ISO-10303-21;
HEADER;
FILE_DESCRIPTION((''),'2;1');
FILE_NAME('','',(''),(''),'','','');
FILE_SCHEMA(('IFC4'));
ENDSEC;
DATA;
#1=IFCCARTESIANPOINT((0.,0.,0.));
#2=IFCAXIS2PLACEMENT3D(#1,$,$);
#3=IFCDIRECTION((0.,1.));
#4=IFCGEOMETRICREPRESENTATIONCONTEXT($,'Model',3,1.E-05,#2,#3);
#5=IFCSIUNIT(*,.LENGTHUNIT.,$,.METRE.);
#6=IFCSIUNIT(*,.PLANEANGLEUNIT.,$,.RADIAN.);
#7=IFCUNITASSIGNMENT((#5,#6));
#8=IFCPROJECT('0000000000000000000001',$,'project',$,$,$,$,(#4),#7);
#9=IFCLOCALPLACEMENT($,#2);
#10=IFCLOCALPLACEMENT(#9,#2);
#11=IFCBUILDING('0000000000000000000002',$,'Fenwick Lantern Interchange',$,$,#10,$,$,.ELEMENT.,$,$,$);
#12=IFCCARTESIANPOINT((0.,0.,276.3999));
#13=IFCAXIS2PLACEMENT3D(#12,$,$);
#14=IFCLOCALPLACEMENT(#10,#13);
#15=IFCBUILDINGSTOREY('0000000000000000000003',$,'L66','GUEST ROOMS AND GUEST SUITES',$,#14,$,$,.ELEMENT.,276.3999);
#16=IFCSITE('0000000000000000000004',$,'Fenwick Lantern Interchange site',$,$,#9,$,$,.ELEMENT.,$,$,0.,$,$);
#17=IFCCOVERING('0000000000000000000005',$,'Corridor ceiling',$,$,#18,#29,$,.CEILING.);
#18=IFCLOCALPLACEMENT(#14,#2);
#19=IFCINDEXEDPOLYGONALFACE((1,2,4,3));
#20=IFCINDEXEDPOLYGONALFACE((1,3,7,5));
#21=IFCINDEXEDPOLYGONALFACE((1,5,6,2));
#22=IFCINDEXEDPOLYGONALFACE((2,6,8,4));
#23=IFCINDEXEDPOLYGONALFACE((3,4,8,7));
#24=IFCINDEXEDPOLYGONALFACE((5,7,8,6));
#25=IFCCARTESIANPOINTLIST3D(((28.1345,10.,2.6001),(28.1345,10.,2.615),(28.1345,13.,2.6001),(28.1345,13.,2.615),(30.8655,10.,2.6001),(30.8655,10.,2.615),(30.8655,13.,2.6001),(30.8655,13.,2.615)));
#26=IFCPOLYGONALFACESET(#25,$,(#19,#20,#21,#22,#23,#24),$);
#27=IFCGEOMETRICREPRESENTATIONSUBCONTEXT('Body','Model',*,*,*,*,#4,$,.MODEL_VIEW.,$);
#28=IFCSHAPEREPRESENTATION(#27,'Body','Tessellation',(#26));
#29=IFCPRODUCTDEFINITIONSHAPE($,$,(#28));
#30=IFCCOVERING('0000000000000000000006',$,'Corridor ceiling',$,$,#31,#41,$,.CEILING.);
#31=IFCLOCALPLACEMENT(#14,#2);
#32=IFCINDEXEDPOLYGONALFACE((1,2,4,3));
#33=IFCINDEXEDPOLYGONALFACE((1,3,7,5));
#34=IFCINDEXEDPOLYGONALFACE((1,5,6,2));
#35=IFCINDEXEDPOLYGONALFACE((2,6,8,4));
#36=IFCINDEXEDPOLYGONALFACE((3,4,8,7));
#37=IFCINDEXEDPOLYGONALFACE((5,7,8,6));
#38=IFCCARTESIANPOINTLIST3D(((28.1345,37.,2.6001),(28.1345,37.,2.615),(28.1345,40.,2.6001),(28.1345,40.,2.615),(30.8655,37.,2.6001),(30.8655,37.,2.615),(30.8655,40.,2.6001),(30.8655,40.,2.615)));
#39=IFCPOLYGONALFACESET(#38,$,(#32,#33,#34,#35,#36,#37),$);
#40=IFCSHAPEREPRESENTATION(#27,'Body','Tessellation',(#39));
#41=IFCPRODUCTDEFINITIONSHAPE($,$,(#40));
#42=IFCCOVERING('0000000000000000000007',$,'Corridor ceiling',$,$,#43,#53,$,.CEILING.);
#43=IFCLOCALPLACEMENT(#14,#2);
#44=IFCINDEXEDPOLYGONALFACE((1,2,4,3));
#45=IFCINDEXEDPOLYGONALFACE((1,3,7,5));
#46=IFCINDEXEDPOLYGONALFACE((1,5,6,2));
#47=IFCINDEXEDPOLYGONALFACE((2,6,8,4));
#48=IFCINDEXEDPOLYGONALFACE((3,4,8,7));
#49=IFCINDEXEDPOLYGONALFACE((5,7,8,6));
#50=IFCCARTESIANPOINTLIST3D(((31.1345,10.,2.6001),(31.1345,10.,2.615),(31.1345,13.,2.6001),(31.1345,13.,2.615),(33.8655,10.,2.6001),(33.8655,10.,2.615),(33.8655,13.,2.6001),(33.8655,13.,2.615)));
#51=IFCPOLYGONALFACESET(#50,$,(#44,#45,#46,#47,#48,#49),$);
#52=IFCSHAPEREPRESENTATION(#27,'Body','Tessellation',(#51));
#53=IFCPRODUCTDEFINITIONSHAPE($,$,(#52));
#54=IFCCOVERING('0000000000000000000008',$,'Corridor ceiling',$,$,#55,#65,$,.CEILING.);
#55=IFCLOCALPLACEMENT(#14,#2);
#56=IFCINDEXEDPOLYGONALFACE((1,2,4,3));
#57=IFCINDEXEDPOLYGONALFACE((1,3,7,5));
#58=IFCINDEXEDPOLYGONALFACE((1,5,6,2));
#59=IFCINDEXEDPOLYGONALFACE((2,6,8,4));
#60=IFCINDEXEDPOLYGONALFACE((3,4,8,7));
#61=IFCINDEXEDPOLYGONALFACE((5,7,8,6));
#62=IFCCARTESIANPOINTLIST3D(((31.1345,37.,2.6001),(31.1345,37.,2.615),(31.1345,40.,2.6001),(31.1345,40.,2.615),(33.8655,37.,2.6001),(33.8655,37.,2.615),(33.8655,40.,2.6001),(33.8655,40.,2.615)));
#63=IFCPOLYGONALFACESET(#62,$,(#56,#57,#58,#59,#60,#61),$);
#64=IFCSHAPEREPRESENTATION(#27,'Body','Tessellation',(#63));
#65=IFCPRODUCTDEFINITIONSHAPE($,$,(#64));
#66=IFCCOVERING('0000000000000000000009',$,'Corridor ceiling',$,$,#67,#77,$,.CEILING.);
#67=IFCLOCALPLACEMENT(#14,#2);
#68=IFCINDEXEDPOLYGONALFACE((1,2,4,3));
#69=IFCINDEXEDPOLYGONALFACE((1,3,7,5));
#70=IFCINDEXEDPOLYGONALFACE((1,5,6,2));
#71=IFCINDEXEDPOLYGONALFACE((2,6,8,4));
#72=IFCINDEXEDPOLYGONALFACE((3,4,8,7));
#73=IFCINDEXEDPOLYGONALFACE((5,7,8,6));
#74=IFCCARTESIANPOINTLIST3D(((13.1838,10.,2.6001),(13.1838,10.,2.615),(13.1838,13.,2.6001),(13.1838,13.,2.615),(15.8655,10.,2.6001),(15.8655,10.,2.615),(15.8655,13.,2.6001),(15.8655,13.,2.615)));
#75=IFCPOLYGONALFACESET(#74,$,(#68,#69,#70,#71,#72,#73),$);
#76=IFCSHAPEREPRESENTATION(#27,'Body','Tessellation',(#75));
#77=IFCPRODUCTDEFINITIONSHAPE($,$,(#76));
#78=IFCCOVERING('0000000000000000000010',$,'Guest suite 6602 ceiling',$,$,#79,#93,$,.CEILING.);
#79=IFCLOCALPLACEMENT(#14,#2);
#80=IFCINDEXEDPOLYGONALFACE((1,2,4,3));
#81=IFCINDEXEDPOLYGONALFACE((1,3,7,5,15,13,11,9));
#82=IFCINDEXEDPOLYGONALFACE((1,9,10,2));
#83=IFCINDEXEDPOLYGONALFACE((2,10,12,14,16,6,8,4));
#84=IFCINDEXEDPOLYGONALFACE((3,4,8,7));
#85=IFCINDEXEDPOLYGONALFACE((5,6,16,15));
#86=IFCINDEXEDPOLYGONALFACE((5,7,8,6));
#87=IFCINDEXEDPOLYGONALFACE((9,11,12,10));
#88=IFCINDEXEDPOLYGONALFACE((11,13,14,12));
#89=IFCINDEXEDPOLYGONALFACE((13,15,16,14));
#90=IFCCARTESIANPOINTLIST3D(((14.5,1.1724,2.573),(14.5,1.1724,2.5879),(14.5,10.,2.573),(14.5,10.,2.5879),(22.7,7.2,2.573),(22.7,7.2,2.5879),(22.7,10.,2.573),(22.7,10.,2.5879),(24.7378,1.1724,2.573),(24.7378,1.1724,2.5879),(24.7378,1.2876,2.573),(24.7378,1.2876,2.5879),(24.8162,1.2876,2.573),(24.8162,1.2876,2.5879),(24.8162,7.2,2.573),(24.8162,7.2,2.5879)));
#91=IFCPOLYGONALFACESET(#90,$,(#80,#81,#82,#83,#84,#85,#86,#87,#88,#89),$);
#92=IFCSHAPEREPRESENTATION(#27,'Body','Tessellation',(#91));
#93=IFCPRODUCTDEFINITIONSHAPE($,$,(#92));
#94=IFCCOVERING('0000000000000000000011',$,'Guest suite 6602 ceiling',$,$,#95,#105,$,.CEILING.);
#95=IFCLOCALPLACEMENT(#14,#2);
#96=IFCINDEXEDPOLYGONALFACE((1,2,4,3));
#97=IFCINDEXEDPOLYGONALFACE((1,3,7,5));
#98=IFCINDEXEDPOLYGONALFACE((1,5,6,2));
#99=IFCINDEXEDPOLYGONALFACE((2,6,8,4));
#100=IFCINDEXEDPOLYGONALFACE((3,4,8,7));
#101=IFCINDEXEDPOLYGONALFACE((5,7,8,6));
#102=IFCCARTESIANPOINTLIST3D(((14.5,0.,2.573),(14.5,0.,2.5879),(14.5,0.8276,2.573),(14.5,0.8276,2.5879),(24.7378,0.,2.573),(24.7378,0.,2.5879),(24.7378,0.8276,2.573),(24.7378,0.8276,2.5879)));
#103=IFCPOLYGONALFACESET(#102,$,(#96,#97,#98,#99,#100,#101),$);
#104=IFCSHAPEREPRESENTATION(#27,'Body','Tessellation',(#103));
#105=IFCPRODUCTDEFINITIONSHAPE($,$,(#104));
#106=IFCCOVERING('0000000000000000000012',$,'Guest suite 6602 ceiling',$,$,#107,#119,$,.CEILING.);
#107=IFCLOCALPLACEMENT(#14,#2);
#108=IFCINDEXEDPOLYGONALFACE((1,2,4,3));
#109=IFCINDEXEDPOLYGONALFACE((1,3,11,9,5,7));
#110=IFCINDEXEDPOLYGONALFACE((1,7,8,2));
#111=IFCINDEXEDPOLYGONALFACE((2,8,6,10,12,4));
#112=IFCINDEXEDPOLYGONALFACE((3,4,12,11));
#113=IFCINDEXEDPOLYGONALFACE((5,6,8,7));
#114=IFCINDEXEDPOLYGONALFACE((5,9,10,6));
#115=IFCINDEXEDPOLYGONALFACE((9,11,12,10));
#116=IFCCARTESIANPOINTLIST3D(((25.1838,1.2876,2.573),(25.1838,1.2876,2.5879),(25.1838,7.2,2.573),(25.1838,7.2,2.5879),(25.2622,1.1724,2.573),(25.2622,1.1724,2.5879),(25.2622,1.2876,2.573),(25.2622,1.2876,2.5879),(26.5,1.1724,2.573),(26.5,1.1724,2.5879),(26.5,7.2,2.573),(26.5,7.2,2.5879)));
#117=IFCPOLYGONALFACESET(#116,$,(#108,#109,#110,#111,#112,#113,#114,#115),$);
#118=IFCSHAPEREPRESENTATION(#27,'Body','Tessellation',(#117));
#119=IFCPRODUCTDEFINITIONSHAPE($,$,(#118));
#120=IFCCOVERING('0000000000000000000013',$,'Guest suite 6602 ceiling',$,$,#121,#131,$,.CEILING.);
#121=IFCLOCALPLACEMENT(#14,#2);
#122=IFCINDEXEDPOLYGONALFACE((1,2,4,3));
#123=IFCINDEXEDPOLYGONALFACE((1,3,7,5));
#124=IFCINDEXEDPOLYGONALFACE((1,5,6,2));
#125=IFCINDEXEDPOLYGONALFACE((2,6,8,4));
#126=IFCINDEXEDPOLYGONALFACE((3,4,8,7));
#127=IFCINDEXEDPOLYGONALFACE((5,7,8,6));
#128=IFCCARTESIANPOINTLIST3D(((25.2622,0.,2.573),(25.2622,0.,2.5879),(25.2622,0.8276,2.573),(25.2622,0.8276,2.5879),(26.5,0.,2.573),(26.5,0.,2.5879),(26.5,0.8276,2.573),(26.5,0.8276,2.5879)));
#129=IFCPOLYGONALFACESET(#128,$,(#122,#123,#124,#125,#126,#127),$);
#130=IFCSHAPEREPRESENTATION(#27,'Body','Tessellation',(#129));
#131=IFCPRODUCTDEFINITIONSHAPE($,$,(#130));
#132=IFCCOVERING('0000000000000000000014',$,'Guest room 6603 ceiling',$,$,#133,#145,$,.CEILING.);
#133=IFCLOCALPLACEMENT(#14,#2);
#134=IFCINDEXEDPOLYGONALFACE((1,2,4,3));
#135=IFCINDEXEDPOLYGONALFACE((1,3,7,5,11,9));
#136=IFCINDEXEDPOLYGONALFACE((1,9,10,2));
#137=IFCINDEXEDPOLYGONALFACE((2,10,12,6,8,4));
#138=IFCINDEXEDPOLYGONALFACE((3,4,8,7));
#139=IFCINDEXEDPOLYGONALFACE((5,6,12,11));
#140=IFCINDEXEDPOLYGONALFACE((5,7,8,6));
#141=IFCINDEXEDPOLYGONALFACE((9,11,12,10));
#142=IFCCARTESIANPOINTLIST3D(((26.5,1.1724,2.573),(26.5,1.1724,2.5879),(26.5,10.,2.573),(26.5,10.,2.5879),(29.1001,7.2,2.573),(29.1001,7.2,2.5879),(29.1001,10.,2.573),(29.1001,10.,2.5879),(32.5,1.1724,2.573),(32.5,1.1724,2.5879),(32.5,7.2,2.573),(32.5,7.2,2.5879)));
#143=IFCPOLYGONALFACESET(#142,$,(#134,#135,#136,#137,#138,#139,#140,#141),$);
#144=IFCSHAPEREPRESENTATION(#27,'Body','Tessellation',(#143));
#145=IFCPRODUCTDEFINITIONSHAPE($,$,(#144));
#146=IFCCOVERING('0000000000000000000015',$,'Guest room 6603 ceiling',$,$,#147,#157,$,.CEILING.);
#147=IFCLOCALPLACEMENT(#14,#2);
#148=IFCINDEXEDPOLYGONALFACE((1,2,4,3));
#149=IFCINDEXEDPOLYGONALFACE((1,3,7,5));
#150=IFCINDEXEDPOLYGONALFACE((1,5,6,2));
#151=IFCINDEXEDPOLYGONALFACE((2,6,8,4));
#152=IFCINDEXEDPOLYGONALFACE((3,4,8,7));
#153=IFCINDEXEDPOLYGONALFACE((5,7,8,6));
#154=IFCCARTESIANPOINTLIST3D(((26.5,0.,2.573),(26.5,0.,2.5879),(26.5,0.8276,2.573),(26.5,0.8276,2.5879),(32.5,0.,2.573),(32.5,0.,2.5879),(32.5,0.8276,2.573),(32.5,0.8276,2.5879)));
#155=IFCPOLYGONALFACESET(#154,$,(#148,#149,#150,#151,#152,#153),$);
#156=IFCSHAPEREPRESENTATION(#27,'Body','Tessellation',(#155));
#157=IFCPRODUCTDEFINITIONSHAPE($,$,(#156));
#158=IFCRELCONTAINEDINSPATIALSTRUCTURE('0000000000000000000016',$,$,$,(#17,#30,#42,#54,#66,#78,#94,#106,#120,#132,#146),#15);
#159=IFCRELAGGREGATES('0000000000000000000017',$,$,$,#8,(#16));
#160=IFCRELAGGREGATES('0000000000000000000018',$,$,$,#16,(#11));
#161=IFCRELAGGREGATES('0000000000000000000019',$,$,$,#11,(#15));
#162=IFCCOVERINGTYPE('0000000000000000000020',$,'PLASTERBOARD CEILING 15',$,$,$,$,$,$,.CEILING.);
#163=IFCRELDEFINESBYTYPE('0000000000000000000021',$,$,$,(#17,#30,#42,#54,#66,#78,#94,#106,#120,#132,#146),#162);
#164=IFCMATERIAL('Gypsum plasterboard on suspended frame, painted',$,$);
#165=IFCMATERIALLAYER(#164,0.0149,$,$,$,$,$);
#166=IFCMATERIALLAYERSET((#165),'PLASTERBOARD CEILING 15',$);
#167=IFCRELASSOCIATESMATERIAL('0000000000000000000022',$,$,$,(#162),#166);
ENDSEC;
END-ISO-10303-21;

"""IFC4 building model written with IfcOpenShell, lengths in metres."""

from ifc_helpers import new_model, si_unit, direction, frame, origin, place, context, subcontext, project, spatial, polyline, outline, extrude, material, layer, layer_set, type_object, element, save


model = new_model("IFC4")

# Units and contexts
model_context = context("Model", 3, precision=1e-05, world=origin(), true_north=direction((0.0, 1.0)))
body_context = subcontext(model_context, "Body", "Model", "MODEL_VIEW")
ifc_project = project(units=[si_unit("LENGTHUNIT", "METRE"), si_unit("PLANEANGLEUNIT", "RADIAN")], contexts=[model_context])

# Site, building, storey
site_placement = place(None, origin())
site = spatial("IfcSite", under=ifc_project, at=site_placement, Name="Fenwick Lantern Interchange site", CompositionType="ELEMENT", RefElevation=0.0)
building_placement = place(site_placement, origin())
building = spatial("IfcBuilding", under=site, at=building_placement, Name="Fenwick Lantern Interchange", CompositionType="ELEMENT")
storey_placement = place(building_placement, frame((0.0, 0.0, 276.3999)))
storey = spatial("IfcBuildingStorey", under=building, at=storey_placement, Name="L66", Description="GUEST ROOMS AND GUEST SUITES", CompositionType="ELEMENT", Elevation=276.3999)

# Coverings
ifc_material_1 = material(Name="Gypsum plasterboard on suspended frame, painted")
ifc_layer_1 = layer(ifc_material_1, 0.0149)
ifc_layer_set_1 = layer_set([ifc_layer_1], Name="PLASTERBOARD CEILING 15")
covering_type_1 = type_object("IfcCoveringType", Name="PLASTERBOARD CEILING 15", PredefinedType="CEILING", material=ifc_layer_set_1)
covering_1_placement = place(storey_placement, frame((0.0, 0.0, 2.6001)))
element("IfcCovering", 1, at=covering_1_placement, inside=storey, type_object=covering_type_1, Name="Corridor ceiling", PredefinedType="CEILING", context=body_context, shape_type="SweptSolid", body=[
    extrude(outline(polyline([(28.1345, 10.0), (30.8655, 10.0), (30.8655, 13.0), (28.1345, 13.0), (28.1345, 10.0)])), origin(), (0.0, 0.0, 1.0), 0.0149),
])
covering_2_placement = place(storey_placement, frame((0.0, 0.0, 2.6001)))
element("IfcCovering", 2, at=covering_2_placement, inside=storey, type_object=covering_type_1, Name="Corridor ceiling", PredefinedType="CEILING", context=body_context, shape_type="SweptSolid", body=[
    extrude(outline(polyline([(30.8655, 40.0), (28.1345, 40.0), (28.1345, 37.0), (30.8655, 37.0), (30.8655, 40.0)])), origin(), (0.0, 0.0, 1.0), 0.0149),
])
covering_3_placement = place(storey_placement, frame((0.0, 0.0, 2.6001)))
element("IfcCovering", 3, at=covering_3_placement, inside=storey, type_object=covering_type_1, Name="Corridor ceiling", PredefinedType="CEILING", context=body_context, shape_type="SweptSolid", body=[
    extrude(outline(polyline([(31.1345, 10.0), (33.8655, 10.0), (33.8655, 13.0), (31.1345, 13.0), (31.1345, 10.0)])), origin(), (0.0, 0.0, 1.0), 0.0149),
])
covering_4_placement = place(storey_placement, frame((0.0, 0.0, 2.6001)))
element("IfcCovering", 4, at=covering_4_placement, inside=storey, type_object=covering_type_1, Name="Corridor ceiling", PredefinedType="CEILING", context=body_context, shape_type="SweptSolid", body=[
    extrude(outline(polyline([(33.8655, 40.0), (31.1345, 40.0), (31.1345, 37.0), (33.8655, 37.0), (33.8655, 40.0)])), origin(), (0.0, 0.0, 1.0), 0.0149),
])
covering_5_placement = place(storey_placement, frame((0.0, 0.0, 2.6001)))
element("IfcCovering", 5, at=covering_5_placement, inside=storey, type_object=covering_type_1, Name="Corridor ceiling", PredefinedType="CEILING", context=body_context, shape_type="SweptSolid", body=[
    extrude(outline(polyline([(13.1838, 10.0), (15.8655, 10.0), (15.8655, 13.0), (13.1838, 13.0), (13.1838, 10.0)])), origin(), (0.0, 0.0, 1.0), 0.0149),
])
covering_6_placement = place(storey_placement, frame((0.0, 0.0, 2.573)))
element("IfcCovering", 6, at=covering_6_placement, inside=storey, type_object=covering_type_1, Name="Guest suite 6602 ceiling", PredefinedType="CEILING", context=body_context, shape_type="SweptSolid", body=[
    extrude(outline(polyline([(24.7378, 1.2876), (24.8162, 1.2876), (24.8162, 7.2), (22.7, 7.2), (22.7, 10.0), (14.5, 10.0), (14.5, 1.1724), (24.7378, 1.1724), (24.7378, 1.2876)])), origin(), (0.0, 0.0, 1.0), 0.0149),
])
covering_7_placement = place(storey_placement, frame((0.0, 0.0, 2.573)))
element("IfcCovering", 7, at=covering_7_placement, inside=storey, type_object=covering_type_1, Name="Guest suite 6602 ceiling", PredefinedType="CEILING", context=body_context, shape_type="SweptSolid", body=[
    extrude(outline(polyline([(24.7378, 0.0), (24.7378, 0.8276), (14.5, 0.8276), (14.5, 0.0), (24.7378, 0.0)])), origin(), (0.0, 0.0, 1.0), 0.0149),
])
covering_8_placement = place(storey_placement, frame((0.0, 0.0, 2.573)))
element("IfcCovering", 8, at=covering_8_placement, inside=storey, type_object=covering_type_1, Name="Guest suite 6602 ceiling", PredefinedType="CEILING", context=body_context, shape_type="SweptSolid", body=[
    extrude(outline(polyline([(25.2622, 1.2876), (25.2622, 1.1724), (26.5, 1.1724), (26.5, 7.2), (25.1838, 7.2), (25.1838, 1.2876), (25.2622, 1.2876)])), origin(), (0.0, 0.0, 1.0), 0.0149),
])
covering_9_placement = place(storey_placement, frame((0.0, 0.0, 2.573)))
element("IfcCovering", 9, at=covering_9_placement, inside=storey, type_object=covering_type_1, Name="Guest suite 6602 ceiling", PredefinedType="CEILING", context=body_context, shape_type="SweptSolid", body=[
    extrude(outline(polyline([(25.2622, 0.8276), (25.2622, 0.0), (26.5, 0.0), (26.5, 0.8276), (25.2622, 0.8276)])), origin(), (0.0, 0.0, 1.0), 0.0149),
])
covering_10_placement = place(storey_placement, frame((0.0, 0.0, 2.573)))
element("IfcCovering", 10, at=covering_10_placement, inside=storey, type_object=covering_type_1, Name="Guest room 6603 ceiling", PredefinedType="CEILING", context=body_context, shape_type="SweptSolid", body=[
    extrude(outline(polyline([(26.5, 10.0), (26.5, 1.1724), (32.5, 1.1724), (32.5, 7.2), (29.1001, 7.2), (29.1001, 10.0), (26.5, 10.0)])), origin(), (0.0, 0.0, 1.0), 0.0149),
])
covering_11_placement = place(storey_placement, frame((0.0, 0.0, 2.573)))
element("IfcCovering", 11, at=covering_11_placement, inside=storey, type_object=covering_type_1, Name="Guest room 6603 ceiling", PredefinedType="CEILING", context=body_context, shape_type="SweptSolid", body=[
    extrude(outline(polyline([(26.5, 0.0), (32.5, 0.0), (32.5, 0.8276), (26.5, 0.8276), (26.5, 0.0)])), origin(), (0.0, 0.0, 1.0), 0.0149),
])

save(model, "model.ifc")
